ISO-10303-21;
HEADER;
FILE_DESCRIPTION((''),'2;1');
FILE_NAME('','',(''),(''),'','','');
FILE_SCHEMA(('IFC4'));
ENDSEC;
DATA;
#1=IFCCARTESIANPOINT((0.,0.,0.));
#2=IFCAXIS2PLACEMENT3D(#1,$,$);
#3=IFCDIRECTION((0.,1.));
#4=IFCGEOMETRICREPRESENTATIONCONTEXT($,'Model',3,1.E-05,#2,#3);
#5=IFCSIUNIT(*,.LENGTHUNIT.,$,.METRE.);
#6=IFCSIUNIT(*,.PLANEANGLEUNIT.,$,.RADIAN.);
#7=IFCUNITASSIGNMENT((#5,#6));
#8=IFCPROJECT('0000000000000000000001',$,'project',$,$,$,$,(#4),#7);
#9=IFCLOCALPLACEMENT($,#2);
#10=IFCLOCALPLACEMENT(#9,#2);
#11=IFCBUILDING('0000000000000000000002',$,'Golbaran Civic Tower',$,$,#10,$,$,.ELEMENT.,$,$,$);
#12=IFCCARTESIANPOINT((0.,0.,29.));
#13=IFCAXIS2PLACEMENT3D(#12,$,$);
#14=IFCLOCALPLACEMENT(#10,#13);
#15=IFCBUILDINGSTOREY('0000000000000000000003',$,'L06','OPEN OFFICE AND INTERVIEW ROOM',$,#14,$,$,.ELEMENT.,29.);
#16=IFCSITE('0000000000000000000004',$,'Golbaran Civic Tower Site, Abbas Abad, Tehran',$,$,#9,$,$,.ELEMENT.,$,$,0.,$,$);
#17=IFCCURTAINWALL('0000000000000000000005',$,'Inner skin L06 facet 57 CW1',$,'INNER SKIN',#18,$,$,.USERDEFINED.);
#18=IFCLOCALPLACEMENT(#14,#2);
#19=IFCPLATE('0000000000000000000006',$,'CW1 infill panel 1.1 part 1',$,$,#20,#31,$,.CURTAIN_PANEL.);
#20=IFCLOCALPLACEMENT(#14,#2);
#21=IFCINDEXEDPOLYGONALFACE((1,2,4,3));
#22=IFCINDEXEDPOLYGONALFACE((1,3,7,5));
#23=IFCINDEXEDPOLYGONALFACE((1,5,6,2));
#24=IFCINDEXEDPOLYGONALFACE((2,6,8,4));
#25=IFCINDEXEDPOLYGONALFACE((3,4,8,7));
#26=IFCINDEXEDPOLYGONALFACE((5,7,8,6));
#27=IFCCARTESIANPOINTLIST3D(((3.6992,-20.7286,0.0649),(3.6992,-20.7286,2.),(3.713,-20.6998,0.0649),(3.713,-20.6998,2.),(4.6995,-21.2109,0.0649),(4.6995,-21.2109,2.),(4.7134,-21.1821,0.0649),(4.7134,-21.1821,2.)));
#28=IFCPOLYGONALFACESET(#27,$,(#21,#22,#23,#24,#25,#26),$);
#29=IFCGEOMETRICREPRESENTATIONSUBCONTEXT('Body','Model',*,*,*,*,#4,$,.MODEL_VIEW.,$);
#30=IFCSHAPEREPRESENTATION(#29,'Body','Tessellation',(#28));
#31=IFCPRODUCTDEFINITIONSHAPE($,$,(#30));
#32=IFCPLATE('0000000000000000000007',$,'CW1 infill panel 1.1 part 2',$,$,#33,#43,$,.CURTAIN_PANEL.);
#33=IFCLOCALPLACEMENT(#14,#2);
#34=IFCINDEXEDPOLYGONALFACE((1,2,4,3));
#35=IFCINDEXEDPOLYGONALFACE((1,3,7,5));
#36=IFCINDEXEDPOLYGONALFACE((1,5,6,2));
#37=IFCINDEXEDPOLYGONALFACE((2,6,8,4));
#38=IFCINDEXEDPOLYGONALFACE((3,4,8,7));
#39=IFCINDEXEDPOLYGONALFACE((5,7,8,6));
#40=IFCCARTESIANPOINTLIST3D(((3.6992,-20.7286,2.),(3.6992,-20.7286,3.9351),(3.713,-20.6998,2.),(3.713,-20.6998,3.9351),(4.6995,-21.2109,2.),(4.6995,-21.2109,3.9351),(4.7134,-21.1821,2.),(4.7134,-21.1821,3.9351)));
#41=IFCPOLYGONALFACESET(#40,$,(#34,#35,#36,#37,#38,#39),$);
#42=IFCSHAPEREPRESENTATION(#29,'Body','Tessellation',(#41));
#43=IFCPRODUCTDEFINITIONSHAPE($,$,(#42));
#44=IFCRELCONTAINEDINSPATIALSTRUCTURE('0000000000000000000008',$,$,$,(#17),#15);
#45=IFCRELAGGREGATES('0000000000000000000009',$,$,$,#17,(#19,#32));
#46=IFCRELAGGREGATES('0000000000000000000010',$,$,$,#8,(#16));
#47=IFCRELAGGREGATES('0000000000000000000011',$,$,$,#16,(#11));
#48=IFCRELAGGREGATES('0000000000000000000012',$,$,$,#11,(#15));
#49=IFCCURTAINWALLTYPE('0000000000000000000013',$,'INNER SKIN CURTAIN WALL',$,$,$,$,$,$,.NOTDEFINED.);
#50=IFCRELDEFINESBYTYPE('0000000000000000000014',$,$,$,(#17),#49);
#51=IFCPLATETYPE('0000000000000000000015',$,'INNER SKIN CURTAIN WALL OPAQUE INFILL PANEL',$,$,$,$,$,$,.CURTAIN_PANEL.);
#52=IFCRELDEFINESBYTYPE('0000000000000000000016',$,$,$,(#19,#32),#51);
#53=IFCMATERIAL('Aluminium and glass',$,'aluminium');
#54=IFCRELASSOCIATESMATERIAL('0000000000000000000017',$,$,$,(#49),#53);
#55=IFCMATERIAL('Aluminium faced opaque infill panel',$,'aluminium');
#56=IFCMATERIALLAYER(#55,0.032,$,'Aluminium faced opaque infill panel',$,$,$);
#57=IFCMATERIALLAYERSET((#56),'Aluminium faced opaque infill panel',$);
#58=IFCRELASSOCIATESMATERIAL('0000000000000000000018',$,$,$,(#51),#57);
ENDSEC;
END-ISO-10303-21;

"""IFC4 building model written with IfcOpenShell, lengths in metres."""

from ifc_helpers import new_model, si_unit, direction, frame, origin, origin_2d, place, context, subcontext, project, spatial, rectangle, extrude, material, layer, layer_set, type_object, element, aggregate, save


model = new_model("IFC4")

# Units and contexts
model_context = context("Model", 3, precision=1e-05, world=origin(), true_north=direction((0.0, 1.0)))
body_context = subcontext(model_context, "Body", "Model", "MODEL_VIEW")
ifc_project = project(units=[si_unit("LENGTHUNIT", "METRE"), si_unit("PLANEANGLEUNIT", "RADIAN")], contexts=[model_context])

# Site, building, storey
site_placement = place(None, origin())
site = spatial("IfcSite", under=ifc_project, at=site_placement, Name="Golbaran Civic Tower Site, Abbas Abad, Tehran", CompositionType="ELEMENT", RefElevation=0.0)
building_placement = place(site_placement, origin())
building = spatial("IfcBuilding", under=site, at=building_placement, Name="Golbaran Civic Tower", CompositionType="ELEMENT")
storey_placement = place(building_placement, frame((0.0, 0.0, 29.0)))
storey = spatial("IfcBuildingStorey", under=building, at=storey_placement, Name="L06", Description="OPEN OFFICE AND INTERVIEW ROOM", CompositionType="ELEMENT", Elevation=29.0)

# Curtain wall
ifc_material_1 = material(Name="Aluminium and glass", Category="aluminium")
curtain_wall_type = type_object("IfcCurtainWallType", Name="INNER SKIN CURTAIN WALL", PredefinedType="NOTDEFINED", material=ifc_material_1)
curtain_wall_1_placement = place(storey_placement, origin())
curtain_wall_1 = element("IfcCurtainWall", 1, at=curtain_wall_1_placement, inside=storey, type_object=curtain_wall_type, Name="Inner skin L06 facet 57 CW1", ObjectType="INNER SKIN", PredefinedType="USERDEFINED")

# Plates
ifc_material_2 = material(Name="Aluminium faced opaque infill panel", Category="aluminium")
ifc_layer_1 = layer(ifc_material_2, 0.032, Name="Aluminium faced opaque infill panel")
ifc_layer_set_1 = layer_set([ifc_layer_1], Name="Aluminium faced opaque infill panel")
plate_type_1 = type_object("IfcPlateType", Name="INNER SKIN CURTAIN WALL OPAQUE INFILL PANEL", PredefinedType="CURTAIN_PANEL", material=ifc_layer_set_1)
plate_1_placement = place(storey_placement, frame((4.2063, -20.9553, 0.0649), z_axis=(0.0, 0.0, 1.0), x_axis=(0.900767, -0.434302, 0.0)))
plate_1 = element("IfcPlate", 2, at=plate_1_placement, type_object=plate_type_1, Name="CW1 infill panel 1.1 part 1", PredefinedType="CURTAIN_PANEL", context=body_context, shape_type="SweptSolid", body=[
    extrude(rectangle(XDim=1.1106, YDim=0.032, at=origin_2d()), origin(), (0.0, 0.0, 1.0), 1.9351),
])
plate_2_placement = place(storey_placement, frame((4.2063, -20.9553, 2.0), z_axis=(0.0, 0.0, 1.0), x_axis=(0.900767, -0.434302, 0.0)))
plate_2 = element("IfcPlate", 3, at=plate_2_placement, type_object=plate_type_1, Name="CW1 infill panel 1.1 part 2", PredefinedType="CURTAIN_PANEL", context=body_context, shape_type="SweptSolid", body=[
    extrude(rectangle(XDim=1.1106, YDim=0.032, at=origin_2d()), origin(), (0.0, 0.0, 1.0), 1.9351),
])
aggregate(curtain_wall_1, [plate_1, plate_2])

save(model, "model.ifc")
